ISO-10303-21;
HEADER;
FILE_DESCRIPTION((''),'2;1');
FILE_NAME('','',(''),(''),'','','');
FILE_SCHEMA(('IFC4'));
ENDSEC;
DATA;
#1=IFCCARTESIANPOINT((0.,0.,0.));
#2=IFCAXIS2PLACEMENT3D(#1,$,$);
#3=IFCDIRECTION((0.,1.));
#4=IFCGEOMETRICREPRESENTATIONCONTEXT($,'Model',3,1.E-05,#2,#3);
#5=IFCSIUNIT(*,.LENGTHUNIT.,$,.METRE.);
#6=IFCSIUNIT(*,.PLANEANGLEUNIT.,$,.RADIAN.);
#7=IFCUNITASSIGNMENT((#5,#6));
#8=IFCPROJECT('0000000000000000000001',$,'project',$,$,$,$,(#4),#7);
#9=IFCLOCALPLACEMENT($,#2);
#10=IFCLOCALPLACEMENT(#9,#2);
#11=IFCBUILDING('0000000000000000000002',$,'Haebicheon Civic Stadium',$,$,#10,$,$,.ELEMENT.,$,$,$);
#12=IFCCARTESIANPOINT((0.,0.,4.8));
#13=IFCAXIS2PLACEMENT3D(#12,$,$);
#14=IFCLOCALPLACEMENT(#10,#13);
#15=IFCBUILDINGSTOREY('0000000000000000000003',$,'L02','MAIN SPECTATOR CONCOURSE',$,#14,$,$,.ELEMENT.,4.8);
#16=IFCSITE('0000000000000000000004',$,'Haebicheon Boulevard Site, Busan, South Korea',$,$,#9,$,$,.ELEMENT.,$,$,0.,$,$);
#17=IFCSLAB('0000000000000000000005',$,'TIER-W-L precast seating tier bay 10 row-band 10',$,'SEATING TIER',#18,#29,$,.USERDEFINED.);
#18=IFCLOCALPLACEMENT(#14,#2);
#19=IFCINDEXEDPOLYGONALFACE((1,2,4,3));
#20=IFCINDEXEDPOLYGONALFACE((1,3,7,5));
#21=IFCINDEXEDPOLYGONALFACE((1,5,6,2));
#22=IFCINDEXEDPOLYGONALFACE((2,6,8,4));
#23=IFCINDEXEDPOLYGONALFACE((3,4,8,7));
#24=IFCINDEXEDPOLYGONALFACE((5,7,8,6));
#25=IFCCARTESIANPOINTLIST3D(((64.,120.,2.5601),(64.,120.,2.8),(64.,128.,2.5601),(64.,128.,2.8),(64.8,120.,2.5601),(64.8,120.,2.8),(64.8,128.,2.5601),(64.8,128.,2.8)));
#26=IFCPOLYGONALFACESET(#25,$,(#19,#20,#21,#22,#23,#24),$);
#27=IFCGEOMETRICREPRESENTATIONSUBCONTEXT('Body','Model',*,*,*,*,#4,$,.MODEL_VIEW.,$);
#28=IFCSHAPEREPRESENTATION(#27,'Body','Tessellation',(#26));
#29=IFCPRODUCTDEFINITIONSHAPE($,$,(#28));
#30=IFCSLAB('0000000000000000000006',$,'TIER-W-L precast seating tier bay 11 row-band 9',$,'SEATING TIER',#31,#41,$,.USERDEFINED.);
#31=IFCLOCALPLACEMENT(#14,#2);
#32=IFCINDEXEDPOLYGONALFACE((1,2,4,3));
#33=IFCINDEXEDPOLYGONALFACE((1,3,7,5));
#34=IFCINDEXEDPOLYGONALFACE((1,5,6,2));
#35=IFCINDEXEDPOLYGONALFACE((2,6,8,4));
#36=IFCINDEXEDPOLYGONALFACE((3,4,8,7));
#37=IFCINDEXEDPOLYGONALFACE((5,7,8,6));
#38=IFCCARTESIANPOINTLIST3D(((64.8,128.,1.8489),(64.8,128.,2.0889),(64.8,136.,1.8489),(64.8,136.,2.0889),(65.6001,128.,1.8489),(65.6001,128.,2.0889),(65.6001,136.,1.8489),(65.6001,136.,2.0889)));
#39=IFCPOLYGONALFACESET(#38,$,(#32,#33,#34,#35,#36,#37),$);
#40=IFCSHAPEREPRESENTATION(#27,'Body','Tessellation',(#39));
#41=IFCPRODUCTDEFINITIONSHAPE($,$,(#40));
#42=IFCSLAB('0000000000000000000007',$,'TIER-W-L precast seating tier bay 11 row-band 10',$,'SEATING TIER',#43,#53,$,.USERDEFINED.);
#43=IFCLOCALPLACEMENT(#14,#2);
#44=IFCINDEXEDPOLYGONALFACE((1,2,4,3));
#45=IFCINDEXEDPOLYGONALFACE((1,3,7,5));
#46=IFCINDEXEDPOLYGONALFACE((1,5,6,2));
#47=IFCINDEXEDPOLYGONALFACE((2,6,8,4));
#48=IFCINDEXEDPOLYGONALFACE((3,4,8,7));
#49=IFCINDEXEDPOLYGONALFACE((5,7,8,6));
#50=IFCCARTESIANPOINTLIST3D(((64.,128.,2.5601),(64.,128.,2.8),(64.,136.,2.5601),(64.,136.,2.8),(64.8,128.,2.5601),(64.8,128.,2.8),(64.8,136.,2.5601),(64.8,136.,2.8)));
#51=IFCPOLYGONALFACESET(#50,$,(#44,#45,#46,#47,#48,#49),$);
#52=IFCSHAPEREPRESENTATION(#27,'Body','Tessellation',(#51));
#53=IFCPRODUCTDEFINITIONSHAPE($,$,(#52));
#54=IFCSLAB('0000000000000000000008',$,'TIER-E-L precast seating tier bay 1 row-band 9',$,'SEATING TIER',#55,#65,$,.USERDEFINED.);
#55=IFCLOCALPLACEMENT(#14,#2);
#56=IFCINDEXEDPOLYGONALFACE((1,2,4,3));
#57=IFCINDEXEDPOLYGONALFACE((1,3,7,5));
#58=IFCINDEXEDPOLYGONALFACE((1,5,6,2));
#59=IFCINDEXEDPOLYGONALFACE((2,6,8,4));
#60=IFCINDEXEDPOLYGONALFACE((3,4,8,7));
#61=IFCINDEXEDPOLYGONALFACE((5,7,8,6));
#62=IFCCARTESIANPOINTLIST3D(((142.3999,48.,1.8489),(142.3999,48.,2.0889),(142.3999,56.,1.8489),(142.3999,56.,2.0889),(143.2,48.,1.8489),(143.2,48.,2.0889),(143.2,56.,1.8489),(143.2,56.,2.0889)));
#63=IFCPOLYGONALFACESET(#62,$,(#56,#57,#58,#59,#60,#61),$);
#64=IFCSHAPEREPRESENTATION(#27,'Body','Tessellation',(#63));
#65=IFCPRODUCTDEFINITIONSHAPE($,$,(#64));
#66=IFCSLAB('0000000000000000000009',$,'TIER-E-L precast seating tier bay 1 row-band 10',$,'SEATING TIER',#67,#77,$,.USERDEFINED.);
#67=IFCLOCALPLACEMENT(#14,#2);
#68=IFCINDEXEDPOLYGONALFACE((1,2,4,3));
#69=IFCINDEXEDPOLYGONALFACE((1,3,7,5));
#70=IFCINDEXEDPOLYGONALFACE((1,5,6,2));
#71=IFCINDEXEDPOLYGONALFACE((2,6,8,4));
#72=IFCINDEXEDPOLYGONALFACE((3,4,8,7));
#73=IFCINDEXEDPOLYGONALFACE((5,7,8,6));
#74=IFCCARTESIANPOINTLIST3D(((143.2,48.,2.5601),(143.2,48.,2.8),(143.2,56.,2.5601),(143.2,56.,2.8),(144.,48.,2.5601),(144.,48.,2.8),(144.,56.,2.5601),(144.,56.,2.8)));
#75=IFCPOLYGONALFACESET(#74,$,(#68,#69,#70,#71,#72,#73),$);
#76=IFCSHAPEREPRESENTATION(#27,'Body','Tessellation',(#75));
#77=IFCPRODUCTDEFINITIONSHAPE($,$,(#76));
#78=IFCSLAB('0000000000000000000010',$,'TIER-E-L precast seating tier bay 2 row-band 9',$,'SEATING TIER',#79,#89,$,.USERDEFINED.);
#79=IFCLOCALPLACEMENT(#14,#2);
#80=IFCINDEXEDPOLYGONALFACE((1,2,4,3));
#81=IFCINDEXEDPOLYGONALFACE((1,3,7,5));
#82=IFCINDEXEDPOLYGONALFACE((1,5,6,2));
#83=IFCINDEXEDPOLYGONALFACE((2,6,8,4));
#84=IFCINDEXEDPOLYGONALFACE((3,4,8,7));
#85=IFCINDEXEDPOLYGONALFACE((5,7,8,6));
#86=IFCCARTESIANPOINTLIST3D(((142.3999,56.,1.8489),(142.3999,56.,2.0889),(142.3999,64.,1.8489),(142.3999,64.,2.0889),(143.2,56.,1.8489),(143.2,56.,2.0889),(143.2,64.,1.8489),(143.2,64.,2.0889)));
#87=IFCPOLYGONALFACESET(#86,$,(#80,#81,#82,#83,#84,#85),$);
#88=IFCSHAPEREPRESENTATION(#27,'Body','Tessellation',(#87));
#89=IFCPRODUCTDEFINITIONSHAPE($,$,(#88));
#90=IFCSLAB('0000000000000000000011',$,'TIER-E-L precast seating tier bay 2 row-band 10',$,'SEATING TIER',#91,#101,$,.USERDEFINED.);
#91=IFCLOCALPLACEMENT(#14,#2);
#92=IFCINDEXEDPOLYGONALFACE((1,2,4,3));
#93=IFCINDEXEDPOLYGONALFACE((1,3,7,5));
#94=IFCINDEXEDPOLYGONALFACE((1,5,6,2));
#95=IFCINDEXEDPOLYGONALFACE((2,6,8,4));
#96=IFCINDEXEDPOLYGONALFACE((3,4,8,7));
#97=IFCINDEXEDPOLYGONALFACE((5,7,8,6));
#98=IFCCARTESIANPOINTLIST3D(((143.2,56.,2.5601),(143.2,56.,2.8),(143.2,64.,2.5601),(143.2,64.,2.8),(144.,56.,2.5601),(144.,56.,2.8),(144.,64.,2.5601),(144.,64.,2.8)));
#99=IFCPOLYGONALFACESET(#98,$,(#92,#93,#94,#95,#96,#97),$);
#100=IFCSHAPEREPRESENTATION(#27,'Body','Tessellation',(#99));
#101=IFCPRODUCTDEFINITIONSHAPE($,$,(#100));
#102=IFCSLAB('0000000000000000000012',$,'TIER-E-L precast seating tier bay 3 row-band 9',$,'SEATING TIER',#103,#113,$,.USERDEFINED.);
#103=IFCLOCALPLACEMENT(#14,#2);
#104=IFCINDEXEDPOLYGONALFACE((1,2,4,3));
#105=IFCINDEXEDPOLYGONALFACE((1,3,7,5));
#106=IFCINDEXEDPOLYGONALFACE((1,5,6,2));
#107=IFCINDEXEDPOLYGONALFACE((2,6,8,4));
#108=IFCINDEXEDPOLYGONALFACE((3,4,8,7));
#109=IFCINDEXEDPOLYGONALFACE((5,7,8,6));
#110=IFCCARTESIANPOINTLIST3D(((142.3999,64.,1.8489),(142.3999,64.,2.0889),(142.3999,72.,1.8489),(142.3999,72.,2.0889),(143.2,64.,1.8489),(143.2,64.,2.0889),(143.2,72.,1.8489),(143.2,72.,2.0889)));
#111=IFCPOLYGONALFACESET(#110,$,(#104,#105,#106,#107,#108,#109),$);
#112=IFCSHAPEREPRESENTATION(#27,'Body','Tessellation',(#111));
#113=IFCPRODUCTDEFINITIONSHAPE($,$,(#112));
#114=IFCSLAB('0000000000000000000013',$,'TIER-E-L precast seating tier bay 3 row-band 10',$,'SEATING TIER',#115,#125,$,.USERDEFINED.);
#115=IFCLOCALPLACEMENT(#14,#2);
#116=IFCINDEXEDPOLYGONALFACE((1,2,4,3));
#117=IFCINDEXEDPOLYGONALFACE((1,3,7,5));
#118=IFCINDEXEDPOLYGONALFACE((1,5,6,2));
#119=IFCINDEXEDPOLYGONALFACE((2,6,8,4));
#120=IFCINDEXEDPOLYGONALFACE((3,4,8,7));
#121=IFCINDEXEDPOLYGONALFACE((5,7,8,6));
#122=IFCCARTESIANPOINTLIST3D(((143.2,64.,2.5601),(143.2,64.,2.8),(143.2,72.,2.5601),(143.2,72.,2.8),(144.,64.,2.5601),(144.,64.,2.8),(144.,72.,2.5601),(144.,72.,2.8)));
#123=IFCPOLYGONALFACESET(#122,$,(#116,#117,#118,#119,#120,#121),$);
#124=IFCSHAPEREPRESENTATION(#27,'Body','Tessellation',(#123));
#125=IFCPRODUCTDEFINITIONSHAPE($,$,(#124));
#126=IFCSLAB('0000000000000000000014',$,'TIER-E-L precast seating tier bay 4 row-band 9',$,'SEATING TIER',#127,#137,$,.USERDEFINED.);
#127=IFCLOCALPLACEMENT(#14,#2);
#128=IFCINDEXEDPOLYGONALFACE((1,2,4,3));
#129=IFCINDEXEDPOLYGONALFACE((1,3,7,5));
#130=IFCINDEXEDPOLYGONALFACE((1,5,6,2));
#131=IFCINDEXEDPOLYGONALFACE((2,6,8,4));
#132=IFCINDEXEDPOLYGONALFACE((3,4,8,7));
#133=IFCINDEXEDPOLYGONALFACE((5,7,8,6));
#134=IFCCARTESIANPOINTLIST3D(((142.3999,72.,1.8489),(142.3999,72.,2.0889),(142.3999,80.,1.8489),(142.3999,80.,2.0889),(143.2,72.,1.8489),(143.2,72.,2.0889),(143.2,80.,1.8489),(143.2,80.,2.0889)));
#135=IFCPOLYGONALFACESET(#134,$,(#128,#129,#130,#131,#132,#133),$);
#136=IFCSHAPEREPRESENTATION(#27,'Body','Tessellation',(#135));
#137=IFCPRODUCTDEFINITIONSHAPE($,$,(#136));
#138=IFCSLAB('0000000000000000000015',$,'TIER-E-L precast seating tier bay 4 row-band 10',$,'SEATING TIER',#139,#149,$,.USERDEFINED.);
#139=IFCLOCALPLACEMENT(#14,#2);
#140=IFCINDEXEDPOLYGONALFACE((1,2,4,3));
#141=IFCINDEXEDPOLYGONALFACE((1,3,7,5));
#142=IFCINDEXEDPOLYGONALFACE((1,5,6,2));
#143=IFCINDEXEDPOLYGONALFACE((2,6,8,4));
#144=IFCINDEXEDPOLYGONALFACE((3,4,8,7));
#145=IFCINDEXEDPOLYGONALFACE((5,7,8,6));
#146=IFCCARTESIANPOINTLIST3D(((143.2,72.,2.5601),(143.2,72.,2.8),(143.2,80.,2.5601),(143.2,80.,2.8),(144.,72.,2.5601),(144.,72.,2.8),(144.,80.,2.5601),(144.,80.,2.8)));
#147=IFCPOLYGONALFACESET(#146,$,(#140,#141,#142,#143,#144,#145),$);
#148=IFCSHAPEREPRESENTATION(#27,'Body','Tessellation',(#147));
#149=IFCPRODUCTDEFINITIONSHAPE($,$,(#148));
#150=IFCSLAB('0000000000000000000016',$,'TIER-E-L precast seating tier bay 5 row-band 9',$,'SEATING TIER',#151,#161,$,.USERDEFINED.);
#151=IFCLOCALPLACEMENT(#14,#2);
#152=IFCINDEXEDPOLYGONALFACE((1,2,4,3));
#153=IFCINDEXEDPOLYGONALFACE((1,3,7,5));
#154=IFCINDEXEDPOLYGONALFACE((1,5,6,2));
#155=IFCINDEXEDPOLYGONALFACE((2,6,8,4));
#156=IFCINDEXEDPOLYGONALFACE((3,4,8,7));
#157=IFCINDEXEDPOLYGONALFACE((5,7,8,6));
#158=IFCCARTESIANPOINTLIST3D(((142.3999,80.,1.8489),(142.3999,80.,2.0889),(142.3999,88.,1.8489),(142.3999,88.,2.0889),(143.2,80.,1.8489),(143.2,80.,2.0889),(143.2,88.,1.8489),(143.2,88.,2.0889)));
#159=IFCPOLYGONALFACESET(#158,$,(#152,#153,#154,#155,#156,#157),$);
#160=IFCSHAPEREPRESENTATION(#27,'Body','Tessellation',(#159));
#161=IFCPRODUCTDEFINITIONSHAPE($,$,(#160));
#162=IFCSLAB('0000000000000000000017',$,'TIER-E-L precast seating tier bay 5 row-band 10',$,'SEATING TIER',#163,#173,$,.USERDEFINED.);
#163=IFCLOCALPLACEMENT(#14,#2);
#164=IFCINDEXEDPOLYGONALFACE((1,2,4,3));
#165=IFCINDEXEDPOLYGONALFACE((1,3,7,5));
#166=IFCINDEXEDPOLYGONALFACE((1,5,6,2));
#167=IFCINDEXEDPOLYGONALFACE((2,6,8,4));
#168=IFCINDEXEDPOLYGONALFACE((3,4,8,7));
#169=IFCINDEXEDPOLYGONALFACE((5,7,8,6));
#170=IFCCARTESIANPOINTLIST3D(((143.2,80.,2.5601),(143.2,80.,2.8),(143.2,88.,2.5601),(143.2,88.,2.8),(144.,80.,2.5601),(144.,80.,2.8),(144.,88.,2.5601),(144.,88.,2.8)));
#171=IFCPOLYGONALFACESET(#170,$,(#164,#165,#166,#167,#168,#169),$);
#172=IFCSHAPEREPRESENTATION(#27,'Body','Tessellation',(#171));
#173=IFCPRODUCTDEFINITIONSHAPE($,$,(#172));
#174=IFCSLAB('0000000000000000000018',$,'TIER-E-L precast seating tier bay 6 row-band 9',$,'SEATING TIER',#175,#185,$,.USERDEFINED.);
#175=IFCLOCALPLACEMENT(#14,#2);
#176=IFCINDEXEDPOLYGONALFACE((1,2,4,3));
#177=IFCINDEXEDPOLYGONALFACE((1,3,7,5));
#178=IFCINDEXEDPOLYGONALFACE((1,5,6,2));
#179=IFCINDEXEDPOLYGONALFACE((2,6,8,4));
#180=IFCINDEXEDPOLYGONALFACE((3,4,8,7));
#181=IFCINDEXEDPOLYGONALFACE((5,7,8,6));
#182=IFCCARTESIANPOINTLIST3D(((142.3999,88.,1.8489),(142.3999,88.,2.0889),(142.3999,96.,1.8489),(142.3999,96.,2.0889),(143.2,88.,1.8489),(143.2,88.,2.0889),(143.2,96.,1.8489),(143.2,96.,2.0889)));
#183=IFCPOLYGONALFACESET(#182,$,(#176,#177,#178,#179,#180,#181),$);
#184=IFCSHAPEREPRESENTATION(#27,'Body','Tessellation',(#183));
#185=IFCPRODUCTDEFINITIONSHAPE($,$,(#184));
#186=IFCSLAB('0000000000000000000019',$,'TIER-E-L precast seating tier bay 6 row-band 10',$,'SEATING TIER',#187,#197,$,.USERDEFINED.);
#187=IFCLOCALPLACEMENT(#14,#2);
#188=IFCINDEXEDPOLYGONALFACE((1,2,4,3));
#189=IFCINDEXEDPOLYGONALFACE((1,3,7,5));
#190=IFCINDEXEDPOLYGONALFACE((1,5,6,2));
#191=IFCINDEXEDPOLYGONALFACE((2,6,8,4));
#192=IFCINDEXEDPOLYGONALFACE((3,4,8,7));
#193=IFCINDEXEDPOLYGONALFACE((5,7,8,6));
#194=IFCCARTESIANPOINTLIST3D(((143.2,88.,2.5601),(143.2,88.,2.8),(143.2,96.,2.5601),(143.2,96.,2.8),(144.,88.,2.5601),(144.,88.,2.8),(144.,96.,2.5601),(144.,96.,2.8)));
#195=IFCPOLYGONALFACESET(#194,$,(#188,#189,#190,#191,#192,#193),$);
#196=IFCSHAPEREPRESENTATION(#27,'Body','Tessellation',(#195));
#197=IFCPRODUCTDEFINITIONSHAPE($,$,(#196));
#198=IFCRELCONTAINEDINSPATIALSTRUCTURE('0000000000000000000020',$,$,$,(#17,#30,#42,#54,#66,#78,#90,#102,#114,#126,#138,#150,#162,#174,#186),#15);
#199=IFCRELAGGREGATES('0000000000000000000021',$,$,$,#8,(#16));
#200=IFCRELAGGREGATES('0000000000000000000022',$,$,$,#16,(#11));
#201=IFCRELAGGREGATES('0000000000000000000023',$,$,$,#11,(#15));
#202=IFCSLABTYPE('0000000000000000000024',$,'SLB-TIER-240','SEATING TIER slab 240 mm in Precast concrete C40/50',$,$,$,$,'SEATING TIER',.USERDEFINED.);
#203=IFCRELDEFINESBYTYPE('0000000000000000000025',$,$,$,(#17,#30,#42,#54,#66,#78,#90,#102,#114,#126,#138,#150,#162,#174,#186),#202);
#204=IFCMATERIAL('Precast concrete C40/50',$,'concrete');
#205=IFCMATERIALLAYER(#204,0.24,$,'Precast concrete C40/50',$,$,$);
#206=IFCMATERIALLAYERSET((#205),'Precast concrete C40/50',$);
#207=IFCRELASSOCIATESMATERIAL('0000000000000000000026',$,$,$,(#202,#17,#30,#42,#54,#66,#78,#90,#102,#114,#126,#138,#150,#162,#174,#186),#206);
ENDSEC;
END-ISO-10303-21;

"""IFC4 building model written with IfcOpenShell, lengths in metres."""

from ifc_helpers import new_model, si_unit, direction, frame, origin, place, context, subcontext, project, spatial, polyline, outline, extrude, material, layer, layer_set, type_object, element, save


model = new_model("IFC4")

# Units and contexts
model_context = context("Model", 3, precision=1e-05, world=origin(), true_north=direction((0.0, 1.0)))
body_context = subcontext(model_context, "Body", "Model", "MODEL_VIEW")
ifc_project = project(units=[si_unit("LENGTHUNIT", "METRE"), si_unit("PLANEANGLEUNIT", "RADIAN")], contexts=[model_context])

# Site, building, storey
site_placement = place(None, origin())
site = spatial("IfcSite", under=ifc_project, at=site_placement, Name="Haebicheon Boulevard Site, Busan, South Korea", CompositionType="ELEMENT", RefElevation=0.0)
building_placement = place(site_placement, origin())
building = spatial("IfcBuilding", under=site, at=building_placement, Name="Haebicheon Civic Stadium", CompositionType="ELEMENT")
storey_placement = place(building_placement, frame((0.0, 0.0, 4.8)))
storey = spatial("IfcBuildingStorey", under=building, at=storey_placement, Name="L02", Description="MAIN SPECTATOR CONCOURSE", CompositionType="ELEMENT", Elevation=4.8)

# Slabs
ifc_material = material(Name="Precast concrete C40/50", Category="concrete")
ifc_layer = layer(ifc_material, 0.24, Name="Precast concrete C40/50")
ifc_layer_set = layer_set([ifc_layer], Name="Precast concrete C40/50")
slab_type = type_object("IfcSlabType", Name="SLB-TIER-240", Description="SEATING TIER slab 240 mm in Precast concrete C40/50", ElementType="SEATING TIER", PredefinedType="USERDEFINED", material=ifc_layer_set)
slab_1_placement = place(storey_placement, frame((0.0, 0.0, 2.5601)))
element("IfcSlab", 1, at=slab_1_placement, inside=storey, type_object=slab_type, material=ifc_layer_set, Name="TIER-W-L precast seating tier bay 10 row-band 10", ObjectType="SEATING TIER", PredefinedType="USERDEFINED", context=body_context, shape_type="SweptSolid", body=[
    extrude(outline(polyline([(64.0, 120.0), (64.8, 120.0), (64.8, 128.0), (64.0, 128.0), (64.0, 120.0)])), origin(), (0.0, 0.0, 1.0), 0.24),
])
slab_2_placement = place(storey_placement, frame((0.0, 0.0, 1.8489)))
element("IfcSlab", 2, at=slab_2_placement, inside=storey, type_object=slab_type, material=ifc_layer_set, Name="TIER-W-L precast seating tier bay 11 row-band 9", ObjectType="SEATING TIER", PredefinedType="USERDEFINED", context=body_context, shape_type="SweptSolid", body=[
    extrude(outline(polyline([(64.8, 128.0), (65.6001, 128.0), (65.6001, 136.0), (64.8, 136.0), (64.8, 128.0)])), origin(), (0.0, 0.0, 1.0), 0.24),
])
slab_3_placement = place(storey_placement, frame((0.0, 0.0, 2.5601)))
element("IfcSlab", 3, at=slab_3_placement, inside=storey, type_object=slab_type, material=ifc_layer_set, Name="TIER-W-L precast seating tier bay 11 row-band 10", ObjectType="SEATING TIER", PredefinedType="USERDEFINED", context=body_context, shape_type="SweptSolid", body=[
    extrude(outline(polyline([(64.0, 128.0), (64.8, 128.0), (64.8, 136.0), (64.0, 136.0), (64.0, 128.0)])), origin(), (0.0, 0.0, 1.0), 0.24),
])
slab_4_placement = place(storey_placement, frame((0.0, 0.0, 1.8489)))
element("IfcSlab", 4, at=slab_4_placement, inside=storey, type_object=slab_type, material=ifc_layer_set, Name="TIER-E-L precast seating tier bay 1 row-band 9", ObjectType="SEATING TIER", PredefinedType="USERDEFINED", context=body_context, shape_type="SweptSolid", body=[
    extrude(outline(polyline([(142.3999, 48.0), (143.2, 48.0), (143.2, 56.0), (142.3999, 56.0), (142.3999, 48.0)])), origin(), (0.0, 0.0, 1.0), 0.24),
])
slab_5_placement = place(storey_placement, frame((0.0, 0.0, 2.5601)))
element("IfcSlab", 5, at=slab_5_placement, inside=storey, type_object=slab_type, material=ifc_layer_set, Name="TIER-E-L precast seating tier bay 1 row-band 10", ObjectType="SEATING TIER", PredefinedType="USERDEFINED", context=body_context, shape_type="SweptSolid", body=[
    extrude(outline(polyline([(143.2, 48.0), (144.0, 48.0), (144.0, 56.0), (143.2, 56.0), (143.2, 48.0)])), origin(), (0.0, 0.0, 1.0), 0.24),
])
slab_6_placement = place(storey_placement, frame((0.0, 0.0, 1.8489)))
element("IfcSlab", 6, at=slab_6_placement, inside=storey, type_object=slab_type, material=ifc_layer_set, Name="TIER-E-L precast seating tier bay 2 row-band 9", ObjectType="SEATING TIER", PredefinedType="USERDEFINED", context=body_context, shape_type="SweptSolid", body=[
    extrude(outline(polyline([(142.3999, 56.0), (143.2, 56.0), (143.2, 64.0), (142.3999, 64.0), (142.3999, 56.0)])), origin(), (0.0, 0.0, 1.0), 0.24),
])
slab_7_placement = place(storey_placement, frame((0.0, 0.0, 2.5601)))
element("IfcSlab", 7, at=slab_7_placement, inside=storey, type_object=slab_type, material=ifc_layer_set, Name="TIER-E-L precast seating tier bay 2 row-band 10", ObjectType="SEATING TIER", PredefinedType="USERDEFINED", context=body_context, shape_type="SweptSolid", body=[
    extrude(outline(polyline([(143.2, 56.0), (144.0, 56.0), (144.0, 64.0), (143.2, 64.0), (143.2, 56.0)])), origin(), (0.0, 0.0, 1.0), 0.24),
])
slab_8_placement = place(storey_placement, frame((0.0, 0.0, 1.8489)))
element("IfcSlab", 8, at=slab_8_placement, inside=storey, type_object=slab_type, material=ifc_layer_set, Name="TIER-E-L precast seating tier bay 3 row-band 9", ObjectType="SEATING TIER", PredefinedType="USERDEFINED", context=body_context, shape_type="SweptSolid", body=[
    extrude(outline(polyline([(142.3999, 64.0), (143.2, 64.0), (143.2, 72.0), (142.3999, 72.0), (142.3999, 64.0)])), origin(), (0.0, 0.0, 1.0), 0.24),
])
slab_9_placement = place(storey_placement, frame((0.0, 0.0, 2.5601)))
element("IfcSlab", 9, at=slab_9_placement, inside=storey, type_object=slab_type, material=ifc_layer_set, Name="TIER-E-L precast seating tier bay 3 row-band 10", ObjectType="SEATING TIER", PredefinedType="USERDEFINED", context=body_context, shape_type="SweptSolid", body=[
    extrude(outline(polyline([(143.2, 64.0), (144.0, 64.0), (144.0, 72.0), (143.2, 72.0), (143.2, 64.0)])), origin(), (0.0, 0.0, 1.0), 0.24),
])
slab_10_placement = place(storey_placement, frame((0.0, 0.0, 1.8489)))
element("IfcSlab", 10, at=slab_10_placement, inside=storey, type_object=slab_type, material=ifc_layer_set, Name="TIER-E-L precast seating tier bay 4 row-band 9", ObjectType="SEATING TIER", PredefinedType="USERDEFINED", context=body_context, shape_type="SweptSolid", body=[
    extrude(outline(polyline([(142.3999, 72.0), (143.2, 72.0), (143.2, 80.0), (142.3999, 80.0), (142.3999, 72.0)])), origin(), (0.0, 0.0, 1.0), 0.24),
])
slab_11_placement = place(storey_placement, frame((0.0, 0.0, 2.5601)))
element("IfcSlab", 11, at=slab_11_placement, inside=storey, type_object=slab_type, material=ifc_layer_set, Name="TIER-E-L precast seating tier bay 4 row-band 10", ObjectType="SEATING TIER", PredefinedType="USERDEFINED", context=body_context, shape_type="SweptSolid", body=[
    extrude(outline(polyline([(143.2, 72.0), (144.0, 72.0), (144.0, 80.0), (143.2, 80.0), (143.2, 72.0)])), origin(), (0.0, 0.0, 1.0), 0.24),
])
slab_12_placement = place(storey_placement, frame((0.0, 0.0, 1.8489)))
element("IfcSlab", 12, at=slab_12_placement, inside=storey, type_object=slab_type, material=ifc_layer_set, Name="TIER-E-L precast seating tier bay 5 row-band 9", ObjectType="SEATING TIER", PredefinedType="USERDEFINED", context=body_context, shape_type="SweptSolid", body=[
    extrude(outline(polyline([(142.3999, 80.0), (143.2, 80.0), (143.2, 88.0), (142.3999, 88.0), (142.3999, 80.0)])), origin(), (0.0, 0.0, 1.0), 0.24),
])
slab_13_placement = place(storey_placement, frame((0.0, 0.0, 2.5601)))
element("IfcSlab", 13, at=slab_13_placement, inside=storey, type_object=slab_type, material=ifc_layer_set, Name="TIER-E-L precast seating tier bay 5 row-band 10", ObjectType="SEATING TIER", PredefinedType="USERDEFINED", context=body_context, shape_type="SweptSolid", body=[
    extrude(outline(polyline([(143.2, 80.0), (144.0, 80.0), (144.0, 88.0), (143.2, 88.0), (143.2, 80.0)])), origin(), (0.0, 0.0, 1.0), 0.24),
])
slab_14_placement = place(storey_placement, frame((0.0, 0.0, 1.8489)))
element("IfcSlab", 14, at=slab_14_placement, inside=storey, type_object=slab_type, material=ifc_layer_set, Name="TIER-E-L precast seating tier bay 6 row-band 9", ObjectType="SEATING TIER", PredefinedType="USERDEFINED", context=body_context, shape_type="SweptSolid", body=[
    extrude(outline(polyline([(142.3999, 88.0), (143.2, 88.0), (143.2, 96.0), (142.3999, 96.0), (142.3999, 88.0)])), origin(), (0.0, 0.0, 1.0), 0.24),
])
slab_15_placement = place(storey_placement, frame((0.0, 0.0, 2.5601)))
element("IfcSlab", 15, at=slab_15_placement, inside=storey, type_object=slab_type, material=ifc_layer_set, Name="TIER-E-L precast seating tier bay 6 row-band 10", ObjectType="SEATING TIER", PredefinedType="USERDEFINED", context=body_context, shape_type="SweptSolid", body=[
    extrude(outline(polyline([(143.2, 88.0), (144.0, 88.0), (144.0, 96.0), (143.2, 96.0), (143.2, 88.0)])), origin(), (0.0, 0.0, 1.0), 0.24),
])

save(model, "model.ifc")
